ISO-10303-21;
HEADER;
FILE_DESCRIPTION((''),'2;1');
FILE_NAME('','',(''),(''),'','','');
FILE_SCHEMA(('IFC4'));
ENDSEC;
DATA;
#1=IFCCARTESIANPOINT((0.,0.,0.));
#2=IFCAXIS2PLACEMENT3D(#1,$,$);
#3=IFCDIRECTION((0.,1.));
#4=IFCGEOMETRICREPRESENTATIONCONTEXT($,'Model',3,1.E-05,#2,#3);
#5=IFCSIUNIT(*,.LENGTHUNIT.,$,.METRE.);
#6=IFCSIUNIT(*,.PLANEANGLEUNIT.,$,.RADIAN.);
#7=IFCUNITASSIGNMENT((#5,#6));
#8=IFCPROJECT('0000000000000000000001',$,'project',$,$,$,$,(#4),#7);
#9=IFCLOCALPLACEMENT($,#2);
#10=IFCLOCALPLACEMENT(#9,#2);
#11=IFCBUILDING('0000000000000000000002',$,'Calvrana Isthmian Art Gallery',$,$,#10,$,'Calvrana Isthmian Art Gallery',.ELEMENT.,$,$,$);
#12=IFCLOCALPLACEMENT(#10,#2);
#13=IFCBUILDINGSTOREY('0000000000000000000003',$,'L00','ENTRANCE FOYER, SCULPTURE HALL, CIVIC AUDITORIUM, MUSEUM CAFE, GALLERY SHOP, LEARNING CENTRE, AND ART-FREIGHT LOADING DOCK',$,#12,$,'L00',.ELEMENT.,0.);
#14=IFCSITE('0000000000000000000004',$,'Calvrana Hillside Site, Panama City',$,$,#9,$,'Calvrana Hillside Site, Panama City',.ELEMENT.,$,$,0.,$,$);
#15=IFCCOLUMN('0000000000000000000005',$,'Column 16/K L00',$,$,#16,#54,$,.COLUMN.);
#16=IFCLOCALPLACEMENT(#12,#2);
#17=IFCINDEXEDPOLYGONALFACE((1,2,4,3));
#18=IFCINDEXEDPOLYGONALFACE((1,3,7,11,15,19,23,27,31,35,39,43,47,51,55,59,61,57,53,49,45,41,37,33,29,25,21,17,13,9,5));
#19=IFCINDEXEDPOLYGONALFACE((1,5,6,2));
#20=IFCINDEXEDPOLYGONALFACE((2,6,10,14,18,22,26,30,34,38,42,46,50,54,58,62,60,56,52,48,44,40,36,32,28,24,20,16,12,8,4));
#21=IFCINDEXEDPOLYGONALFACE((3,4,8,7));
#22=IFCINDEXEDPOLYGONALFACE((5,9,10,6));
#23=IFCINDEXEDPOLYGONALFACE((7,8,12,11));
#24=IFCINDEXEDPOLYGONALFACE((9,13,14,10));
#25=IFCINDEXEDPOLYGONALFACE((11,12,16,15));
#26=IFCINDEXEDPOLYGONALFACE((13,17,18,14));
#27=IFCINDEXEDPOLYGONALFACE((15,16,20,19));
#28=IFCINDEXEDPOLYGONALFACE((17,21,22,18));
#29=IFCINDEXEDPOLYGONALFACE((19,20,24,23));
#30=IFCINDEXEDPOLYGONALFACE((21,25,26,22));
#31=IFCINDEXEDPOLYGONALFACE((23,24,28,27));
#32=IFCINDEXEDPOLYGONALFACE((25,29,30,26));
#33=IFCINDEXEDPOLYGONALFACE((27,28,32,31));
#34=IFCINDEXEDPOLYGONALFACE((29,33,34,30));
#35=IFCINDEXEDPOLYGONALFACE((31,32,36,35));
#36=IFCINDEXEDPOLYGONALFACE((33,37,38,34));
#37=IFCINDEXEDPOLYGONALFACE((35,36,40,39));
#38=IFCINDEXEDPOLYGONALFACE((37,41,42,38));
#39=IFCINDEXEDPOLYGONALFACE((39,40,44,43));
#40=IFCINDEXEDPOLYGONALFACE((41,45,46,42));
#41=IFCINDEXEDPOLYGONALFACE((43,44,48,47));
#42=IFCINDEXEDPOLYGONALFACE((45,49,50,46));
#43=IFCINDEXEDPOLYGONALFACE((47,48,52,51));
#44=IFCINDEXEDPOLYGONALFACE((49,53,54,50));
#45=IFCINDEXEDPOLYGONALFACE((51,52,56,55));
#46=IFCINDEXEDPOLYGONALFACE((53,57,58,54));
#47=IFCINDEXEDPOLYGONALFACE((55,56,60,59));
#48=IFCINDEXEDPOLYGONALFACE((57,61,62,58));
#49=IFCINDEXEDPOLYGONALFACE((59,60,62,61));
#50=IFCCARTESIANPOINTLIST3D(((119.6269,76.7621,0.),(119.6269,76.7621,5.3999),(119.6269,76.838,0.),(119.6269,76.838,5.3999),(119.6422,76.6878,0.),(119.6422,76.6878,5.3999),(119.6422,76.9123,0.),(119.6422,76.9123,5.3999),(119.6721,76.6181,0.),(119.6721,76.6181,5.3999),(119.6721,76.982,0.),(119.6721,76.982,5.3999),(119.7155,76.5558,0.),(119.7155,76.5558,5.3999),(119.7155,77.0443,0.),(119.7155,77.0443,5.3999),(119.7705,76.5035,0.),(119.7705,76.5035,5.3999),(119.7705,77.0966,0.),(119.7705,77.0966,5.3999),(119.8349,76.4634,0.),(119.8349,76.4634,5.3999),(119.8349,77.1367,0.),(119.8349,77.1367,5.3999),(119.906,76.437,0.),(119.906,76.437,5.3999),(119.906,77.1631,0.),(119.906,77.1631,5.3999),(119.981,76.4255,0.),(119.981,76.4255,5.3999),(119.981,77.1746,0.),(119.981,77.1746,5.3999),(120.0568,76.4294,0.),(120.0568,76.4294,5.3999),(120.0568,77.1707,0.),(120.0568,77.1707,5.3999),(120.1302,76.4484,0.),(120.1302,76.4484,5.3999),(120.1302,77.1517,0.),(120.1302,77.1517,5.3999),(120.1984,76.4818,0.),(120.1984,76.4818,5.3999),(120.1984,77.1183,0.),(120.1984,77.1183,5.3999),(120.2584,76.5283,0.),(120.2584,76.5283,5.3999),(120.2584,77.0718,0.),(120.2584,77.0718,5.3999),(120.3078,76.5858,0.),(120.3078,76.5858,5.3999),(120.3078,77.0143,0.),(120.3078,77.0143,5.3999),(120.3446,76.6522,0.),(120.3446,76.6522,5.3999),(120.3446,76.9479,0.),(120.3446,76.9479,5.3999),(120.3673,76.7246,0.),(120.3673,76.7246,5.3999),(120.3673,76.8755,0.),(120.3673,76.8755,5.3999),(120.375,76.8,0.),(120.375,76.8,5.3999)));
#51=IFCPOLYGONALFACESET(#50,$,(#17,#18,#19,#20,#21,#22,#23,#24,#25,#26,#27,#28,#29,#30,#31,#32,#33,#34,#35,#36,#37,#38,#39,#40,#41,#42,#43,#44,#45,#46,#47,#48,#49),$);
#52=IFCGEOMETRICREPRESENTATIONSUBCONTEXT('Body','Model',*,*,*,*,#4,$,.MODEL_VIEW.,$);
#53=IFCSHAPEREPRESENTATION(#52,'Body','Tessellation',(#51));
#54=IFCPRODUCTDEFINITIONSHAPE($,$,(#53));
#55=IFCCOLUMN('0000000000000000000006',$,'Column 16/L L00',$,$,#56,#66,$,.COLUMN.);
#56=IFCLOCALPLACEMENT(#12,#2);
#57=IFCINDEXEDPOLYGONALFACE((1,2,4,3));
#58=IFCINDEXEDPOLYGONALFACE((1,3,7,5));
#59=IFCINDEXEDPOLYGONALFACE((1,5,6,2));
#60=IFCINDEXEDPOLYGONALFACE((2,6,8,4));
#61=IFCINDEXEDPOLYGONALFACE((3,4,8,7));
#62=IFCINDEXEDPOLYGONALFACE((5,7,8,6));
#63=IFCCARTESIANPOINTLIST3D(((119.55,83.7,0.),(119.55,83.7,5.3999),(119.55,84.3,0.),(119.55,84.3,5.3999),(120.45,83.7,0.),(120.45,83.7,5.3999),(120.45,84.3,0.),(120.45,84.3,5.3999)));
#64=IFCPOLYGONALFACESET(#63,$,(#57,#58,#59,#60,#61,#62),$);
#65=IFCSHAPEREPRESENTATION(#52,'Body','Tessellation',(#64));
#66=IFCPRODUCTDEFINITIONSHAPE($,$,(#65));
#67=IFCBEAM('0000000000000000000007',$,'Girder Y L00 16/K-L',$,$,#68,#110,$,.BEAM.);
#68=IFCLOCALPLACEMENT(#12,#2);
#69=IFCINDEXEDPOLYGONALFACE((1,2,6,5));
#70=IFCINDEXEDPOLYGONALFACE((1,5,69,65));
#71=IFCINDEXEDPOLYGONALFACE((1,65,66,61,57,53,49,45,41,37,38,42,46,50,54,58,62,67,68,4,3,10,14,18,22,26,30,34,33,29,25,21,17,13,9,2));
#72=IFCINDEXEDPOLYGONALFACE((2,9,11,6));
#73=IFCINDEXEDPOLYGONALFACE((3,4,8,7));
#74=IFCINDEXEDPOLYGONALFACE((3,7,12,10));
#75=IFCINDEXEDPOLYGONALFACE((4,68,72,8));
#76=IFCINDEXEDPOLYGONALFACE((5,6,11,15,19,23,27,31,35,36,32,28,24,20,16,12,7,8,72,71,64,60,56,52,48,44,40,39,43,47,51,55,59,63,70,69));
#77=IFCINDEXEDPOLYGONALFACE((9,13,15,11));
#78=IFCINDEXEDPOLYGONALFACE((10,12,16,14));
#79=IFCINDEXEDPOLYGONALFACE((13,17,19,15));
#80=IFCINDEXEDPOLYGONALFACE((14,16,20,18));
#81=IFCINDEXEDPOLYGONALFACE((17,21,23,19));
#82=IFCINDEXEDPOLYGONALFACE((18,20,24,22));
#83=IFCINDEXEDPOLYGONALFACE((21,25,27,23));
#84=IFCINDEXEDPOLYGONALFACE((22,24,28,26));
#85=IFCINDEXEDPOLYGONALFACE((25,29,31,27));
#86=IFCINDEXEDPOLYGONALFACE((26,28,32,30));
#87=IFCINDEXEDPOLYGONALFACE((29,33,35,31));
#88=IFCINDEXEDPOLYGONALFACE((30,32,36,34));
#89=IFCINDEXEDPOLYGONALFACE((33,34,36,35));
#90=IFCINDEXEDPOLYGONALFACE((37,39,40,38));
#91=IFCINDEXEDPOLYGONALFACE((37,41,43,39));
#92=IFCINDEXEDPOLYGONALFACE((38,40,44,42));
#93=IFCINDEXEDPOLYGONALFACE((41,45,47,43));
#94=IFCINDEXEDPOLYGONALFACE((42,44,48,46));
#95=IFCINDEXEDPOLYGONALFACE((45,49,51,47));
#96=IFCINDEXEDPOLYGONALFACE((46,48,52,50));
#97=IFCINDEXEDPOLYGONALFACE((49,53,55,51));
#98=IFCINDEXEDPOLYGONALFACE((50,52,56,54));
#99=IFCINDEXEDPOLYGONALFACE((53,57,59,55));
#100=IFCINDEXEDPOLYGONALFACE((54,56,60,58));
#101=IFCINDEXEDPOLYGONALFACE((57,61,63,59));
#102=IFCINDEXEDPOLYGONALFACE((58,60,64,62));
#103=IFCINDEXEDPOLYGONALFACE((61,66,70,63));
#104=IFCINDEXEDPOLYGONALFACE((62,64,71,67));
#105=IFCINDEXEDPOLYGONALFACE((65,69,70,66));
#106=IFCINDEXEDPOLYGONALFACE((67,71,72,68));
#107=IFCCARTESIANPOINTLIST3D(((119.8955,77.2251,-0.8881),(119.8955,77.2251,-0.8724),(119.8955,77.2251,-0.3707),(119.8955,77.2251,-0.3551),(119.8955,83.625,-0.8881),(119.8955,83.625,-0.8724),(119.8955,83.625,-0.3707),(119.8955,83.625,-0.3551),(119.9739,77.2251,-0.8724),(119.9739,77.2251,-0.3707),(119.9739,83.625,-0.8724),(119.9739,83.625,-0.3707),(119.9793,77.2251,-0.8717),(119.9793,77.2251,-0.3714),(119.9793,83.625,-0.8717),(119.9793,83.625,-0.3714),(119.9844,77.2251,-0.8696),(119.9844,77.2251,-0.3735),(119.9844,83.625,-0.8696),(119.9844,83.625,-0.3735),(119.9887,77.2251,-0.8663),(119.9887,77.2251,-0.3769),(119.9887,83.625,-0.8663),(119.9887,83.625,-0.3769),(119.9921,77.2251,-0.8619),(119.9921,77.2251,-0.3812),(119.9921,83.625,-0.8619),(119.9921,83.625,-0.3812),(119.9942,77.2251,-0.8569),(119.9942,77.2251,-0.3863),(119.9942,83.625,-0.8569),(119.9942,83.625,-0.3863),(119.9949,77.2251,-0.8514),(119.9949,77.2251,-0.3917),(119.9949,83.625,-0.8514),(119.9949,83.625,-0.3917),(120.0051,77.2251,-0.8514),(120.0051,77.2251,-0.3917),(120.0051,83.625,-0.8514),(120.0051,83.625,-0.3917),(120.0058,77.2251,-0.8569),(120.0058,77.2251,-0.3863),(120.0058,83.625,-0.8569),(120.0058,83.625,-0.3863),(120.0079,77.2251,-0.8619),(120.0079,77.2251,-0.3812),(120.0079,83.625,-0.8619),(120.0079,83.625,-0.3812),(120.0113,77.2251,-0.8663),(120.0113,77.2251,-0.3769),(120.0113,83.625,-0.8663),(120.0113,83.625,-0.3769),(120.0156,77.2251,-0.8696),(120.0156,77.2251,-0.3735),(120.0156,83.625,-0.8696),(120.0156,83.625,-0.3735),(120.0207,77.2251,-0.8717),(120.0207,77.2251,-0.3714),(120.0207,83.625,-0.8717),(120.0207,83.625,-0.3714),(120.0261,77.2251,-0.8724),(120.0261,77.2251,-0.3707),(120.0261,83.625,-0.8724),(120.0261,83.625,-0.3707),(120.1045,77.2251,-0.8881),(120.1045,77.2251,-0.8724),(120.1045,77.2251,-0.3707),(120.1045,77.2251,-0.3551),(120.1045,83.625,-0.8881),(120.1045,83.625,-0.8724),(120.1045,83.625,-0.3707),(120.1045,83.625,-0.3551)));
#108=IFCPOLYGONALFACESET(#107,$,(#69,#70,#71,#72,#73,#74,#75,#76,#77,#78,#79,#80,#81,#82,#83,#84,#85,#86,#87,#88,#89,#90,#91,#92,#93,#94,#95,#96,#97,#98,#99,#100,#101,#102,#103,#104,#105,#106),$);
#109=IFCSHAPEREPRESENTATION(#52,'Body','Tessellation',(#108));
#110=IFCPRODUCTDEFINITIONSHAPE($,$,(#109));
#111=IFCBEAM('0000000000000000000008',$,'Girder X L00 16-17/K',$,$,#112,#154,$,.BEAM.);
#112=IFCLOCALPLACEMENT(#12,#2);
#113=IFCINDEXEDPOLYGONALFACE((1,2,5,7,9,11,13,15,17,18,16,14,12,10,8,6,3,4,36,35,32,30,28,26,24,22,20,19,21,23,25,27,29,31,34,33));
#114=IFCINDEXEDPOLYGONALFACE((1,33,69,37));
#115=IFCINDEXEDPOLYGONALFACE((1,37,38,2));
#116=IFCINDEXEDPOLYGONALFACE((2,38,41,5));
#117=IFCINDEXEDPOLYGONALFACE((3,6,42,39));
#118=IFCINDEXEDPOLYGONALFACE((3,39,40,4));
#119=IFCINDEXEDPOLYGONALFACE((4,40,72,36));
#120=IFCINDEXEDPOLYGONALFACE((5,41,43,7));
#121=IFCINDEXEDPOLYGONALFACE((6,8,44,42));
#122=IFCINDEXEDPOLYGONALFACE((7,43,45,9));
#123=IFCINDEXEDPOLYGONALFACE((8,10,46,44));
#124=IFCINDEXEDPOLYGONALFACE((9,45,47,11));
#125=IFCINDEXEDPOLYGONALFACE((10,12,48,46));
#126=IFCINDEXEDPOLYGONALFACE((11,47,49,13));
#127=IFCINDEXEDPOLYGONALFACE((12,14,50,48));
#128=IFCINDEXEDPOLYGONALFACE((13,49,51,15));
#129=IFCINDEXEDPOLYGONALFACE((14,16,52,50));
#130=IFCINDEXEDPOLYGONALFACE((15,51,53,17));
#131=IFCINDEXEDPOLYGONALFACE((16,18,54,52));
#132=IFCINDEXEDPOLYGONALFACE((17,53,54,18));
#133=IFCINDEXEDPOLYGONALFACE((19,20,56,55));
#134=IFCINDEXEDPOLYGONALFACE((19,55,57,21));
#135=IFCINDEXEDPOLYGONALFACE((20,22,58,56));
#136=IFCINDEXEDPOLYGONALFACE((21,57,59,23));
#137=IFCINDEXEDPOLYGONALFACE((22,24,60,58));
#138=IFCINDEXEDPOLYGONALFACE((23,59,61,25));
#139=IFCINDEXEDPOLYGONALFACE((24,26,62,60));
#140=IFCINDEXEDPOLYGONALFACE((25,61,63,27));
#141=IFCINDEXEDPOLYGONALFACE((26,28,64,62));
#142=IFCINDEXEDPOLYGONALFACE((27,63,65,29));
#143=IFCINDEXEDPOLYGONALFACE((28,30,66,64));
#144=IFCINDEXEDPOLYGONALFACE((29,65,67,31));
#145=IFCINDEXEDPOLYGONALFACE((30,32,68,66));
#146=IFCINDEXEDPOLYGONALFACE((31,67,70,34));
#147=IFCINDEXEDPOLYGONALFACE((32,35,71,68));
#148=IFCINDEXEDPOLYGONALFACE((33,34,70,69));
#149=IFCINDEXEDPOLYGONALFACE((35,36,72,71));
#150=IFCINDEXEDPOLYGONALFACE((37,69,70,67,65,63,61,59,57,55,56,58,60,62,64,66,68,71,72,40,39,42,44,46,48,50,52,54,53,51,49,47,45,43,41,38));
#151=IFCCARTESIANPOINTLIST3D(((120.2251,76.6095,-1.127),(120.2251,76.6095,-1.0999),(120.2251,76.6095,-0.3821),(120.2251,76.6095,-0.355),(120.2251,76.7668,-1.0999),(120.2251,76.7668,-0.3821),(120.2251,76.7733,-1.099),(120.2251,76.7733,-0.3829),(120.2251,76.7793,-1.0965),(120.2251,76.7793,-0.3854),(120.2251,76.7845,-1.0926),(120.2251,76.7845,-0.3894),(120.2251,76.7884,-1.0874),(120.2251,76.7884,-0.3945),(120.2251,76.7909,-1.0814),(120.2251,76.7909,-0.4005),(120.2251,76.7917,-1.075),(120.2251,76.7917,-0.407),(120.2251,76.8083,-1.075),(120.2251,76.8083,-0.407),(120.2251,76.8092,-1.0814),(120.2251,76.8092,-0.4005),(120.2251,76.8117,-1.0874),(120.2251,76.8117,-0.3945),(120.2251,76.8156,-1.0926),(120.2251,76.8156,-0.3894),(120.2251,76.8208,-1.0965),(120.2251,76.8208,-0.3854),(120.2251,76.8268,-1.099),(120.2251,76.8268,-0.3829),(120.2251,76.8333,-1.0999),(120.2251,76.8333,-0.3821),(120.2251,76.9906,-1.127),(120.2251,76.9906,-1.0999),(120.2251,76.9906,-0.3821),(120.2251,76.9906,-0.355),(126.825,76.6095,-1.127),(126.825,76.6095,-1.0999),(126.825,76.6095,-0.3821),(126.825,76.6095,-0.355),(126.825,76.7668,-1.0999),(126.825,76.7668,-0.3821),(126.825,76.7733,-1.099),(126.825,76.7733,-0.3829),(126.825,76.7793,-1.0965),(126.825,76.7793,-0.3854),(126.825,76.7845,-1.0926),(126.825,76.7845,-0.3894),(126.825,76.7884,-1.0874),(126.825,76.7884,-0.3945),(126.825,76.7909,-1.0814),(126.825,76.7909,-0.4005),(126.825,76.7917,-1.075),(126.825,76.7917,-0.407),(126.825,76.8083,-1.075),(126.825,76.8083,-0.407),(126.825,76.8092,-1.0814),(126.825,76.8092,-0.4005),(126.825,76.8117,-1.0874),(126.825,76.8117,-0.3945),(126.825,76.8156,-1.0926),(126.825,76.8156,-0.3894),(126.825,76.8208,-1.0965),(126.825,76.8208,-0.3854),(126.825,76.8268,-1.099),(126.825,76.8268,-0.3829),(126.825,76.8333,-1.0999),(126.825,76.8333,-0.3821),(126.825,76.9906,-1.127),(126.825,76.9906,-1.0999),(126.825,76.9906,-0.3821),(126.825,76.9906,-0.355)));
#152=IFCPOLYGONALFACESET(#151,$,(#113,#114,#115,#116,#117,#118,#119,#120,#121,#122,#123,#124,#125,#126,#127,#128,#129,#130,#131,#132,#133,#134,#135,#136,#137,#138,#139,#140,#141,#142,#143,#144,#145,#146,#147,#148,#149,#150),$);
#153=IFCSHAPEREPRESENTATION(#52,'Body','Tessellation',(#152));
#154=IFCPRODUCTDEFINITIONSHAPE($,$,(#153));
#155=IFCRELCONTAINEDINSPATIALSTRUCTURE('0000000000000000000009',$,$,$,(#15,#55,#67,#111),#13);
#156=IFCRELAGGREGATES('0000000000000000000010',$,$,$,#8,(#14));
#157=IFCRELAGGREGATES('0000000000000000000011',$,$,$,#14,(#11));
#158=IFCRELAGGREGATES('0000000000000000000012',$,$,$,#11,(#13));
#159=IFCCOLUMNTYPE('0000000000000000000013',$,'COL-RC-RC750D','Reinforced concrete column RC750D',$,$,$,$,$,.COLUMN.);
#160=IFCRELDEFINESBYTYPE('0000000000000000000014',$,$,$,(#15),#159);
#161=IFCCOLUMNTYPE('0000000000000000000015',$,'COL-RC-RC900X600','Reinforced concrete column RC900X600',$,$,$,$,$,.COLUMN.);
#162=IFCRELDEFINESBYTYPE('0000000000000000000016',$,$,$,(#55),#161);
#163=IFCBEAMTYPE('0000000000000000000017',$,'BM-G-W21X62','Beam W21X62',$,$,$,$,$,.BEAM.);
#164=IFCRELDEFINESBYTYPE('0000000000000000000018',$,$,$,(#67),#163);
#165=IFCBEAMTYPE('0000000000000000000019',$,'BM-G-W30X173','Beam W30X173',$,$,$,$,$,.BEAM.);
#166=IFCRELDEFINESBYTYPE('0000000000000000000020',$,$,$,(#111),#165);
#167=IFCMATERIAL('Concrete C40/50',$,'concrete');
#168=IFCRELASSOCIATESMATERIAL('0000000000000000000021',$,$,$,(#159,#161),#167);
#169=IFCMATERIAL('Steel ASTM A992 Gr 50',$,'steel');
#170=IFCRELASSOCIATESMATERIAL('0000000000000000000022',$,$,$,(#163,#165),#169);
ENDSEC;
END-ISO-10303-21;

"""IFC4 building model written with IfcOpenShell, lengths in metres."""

from ifc_helpers import new_model, si_unit, direction, frame, origin, origin_2d, place, context, subcontext, project, spatial, rectangle, circle, i_section, extrude, material, material_profile, profile_set, type_object, element, save


model = new_model("IFC4")

# Units and contexts
model_context = context("Model", 3, precision=1e-05, world=origin(), true_north=direction((0.0, 1.0)))
body_context = subcontext(model_context, "Body", "Model", "MODEL_VIEW")
ifc_project = project(units=[si_unit("LENGTHUNIT", "METRE"), si_unit("PLANEANGLEUNIT", "RADIAN")], contexts=[model_context])

# Site, building, storey
site_placement = place(None, origin())
site = spatial("IfcSite", under=ifc_project, at=site_placement, Name="Calvrana Hillside Site, Panama City", LongName="Calvrana Hillside Site, Panama City", CompositionType="ELEMENT", RefElevation=0.0)
building_placement = place(site_placement, origin())
building = spatial("IfcBuilding", under=site, at=building_placement, Name="Calvrana Isthmian Art Gallery", LongName="Calvrana Isthmian Art Gallery", CompositionType="ELEMENT")
storey_placement = place(building_placement, origin())
storey = spatial("IfcBuildingStorey", under=building, at=storey_placement, Name="L00", Description="ENTRANCE FOYER, SCULPTURE HALL, CIVIC AUDITORIUM, MUSEUM CAFE, GALLERY SHOP, LEARNING CENTRE, AND ART-FREIGHT LOADING DOCK", LongName="L00", CompositionType="ELEMENT", Elevation=0.0)

# Columns
ifc_material_1 = material(Name="Concrete C40/50", Category="concrete")
ifc_material_profile_1 = material_profile(ifc_material_1, circle(Radius=0.375, at=origin_2d()), Name="RC750D")
ifc_profile_set_1 = profile_set([ifc_material_profile_1], Name="Concrete C40/50")
column_type_1 = type_object("IfcColumnType", Name="COL-RC-RC750D", Description="Reinforced concrete column RC750D", PredefinedType="COLUMN", material=ifc_profile_set_1)
column_1_placement = place(storey_placement, frame((120.0, 76.8, 0.0), z_axis=(0.0, 0.0, 1.0), x_axis=(1.0, 0.0, 0.0)))
element("IfcColumn", 1, at=column_1_placement, inside=storey, type_object=column_type_1, Name="Column 16/K L00", PredefinedType="COLUMN", context=body_context, shape_type="SweptSolid", body=[
    extrude(circle(Radius=0.375, at=origin_2d()), origin(), (0.0, 0.0, 1.0), 5.3999),
])
ifc_material_profile_2 = material_profile(ifc_material_1, rectangle(XDim=0.8999, YDim=0.6001, at=origin_2d()), Name="RC900X600")
ifc_profile_set_2 = profile_set([ifc_material_profile_2], Name="Concrete C40/50")
column_type_2 = type_object("IfcColumnType", Name="COL-RC-RC900X600", Description="Reinforced concrete column RC900X600", PredefinedType="COLUMN", material=ifc_profile_set_2)
column_2_placement = place(storey_placement, frame((120.0, 84.0, 0.0), z_axis=(0.0, 0.0, 1.0), x_axis=(1.0, 0.0, 0.0)))
element("IfcColumn", 2, at=column_2_placement, inside=storey, type_object=column_type_2, Name="Column 16/L L00", PredefinedType="COLUMN", context=body_context, shape_type="SweptSolid", body=[
    extrude(rectangle(XDim=0.8999, YDim=0.6001, at=origin_2d()), origin(), (0.0, 0.0, 1.0), 5.3999),
])

# Beams
ifc_material_2 = material(Name="Steel ASTM A992 Gr 50", Category="steel")
ifc_material_profile_3 = material_profile(ifc_material_2, i_section(OverallWidth=0.209, OverallDepth=0.533, WebThickness=0.0103, FlangeThickness=0.0156, FilletRadius=0.021, at=origin_2d()), Name="W21X62")
ifc_profile_set_3 = profile_set([ifc_material_profile_3], Name="Steel ASTM A992 Gr 50")
beam_type_1 = type_object("IfcBeamType", Name="BM-G-W21X62", Description="Beam W21X62", PredefinedType="BEAM", material=ifc_profile_set_3)
beam_1_placement = place(storey_placement, frame((120.0, 77.2251, -0.6216), z_axis=(0.0, 1.0, 0.0), x_axis=(-1.0, 0.0, 0.0)))
element("IfcBeam", 3, at=beam_1_placement, inside=storey, type_object=beam_type_1, Name="Girder Y L00 16/K-L", PredefinedType="BEAM", context=body_context, shape_type="SweptSolid", body=[
    extrude(i_section(OverallWidth=0.209, OverallDepth=0.533, WebThickness=0.0103, FlangeThickness=0.0156, FilletRadius=0.021, at=origin_2d()), origin(), (0.0, 0.0, 1.0), 6.3999),
])
ifc_material_profile_4 = material_profile(ifc_material_2, i_section(OverallWidth=0.3811, OverallDepth=0.772, WebThickness=0.0166, FlangeThickness=0.0271, FilletRadius=0.0249, at=origin_2d()), Name="W30X173")
ifc_profile_set_4 = profile_set([ifc_material_profile_4], Name="Steel ASTM A992 Gr 50")
beam_type_2 = type_object("IfcBeamType", Name="BM-G-W30X173", Description="Beam W30X173", PredefinedType="BEAM", material=ifc_profile_set_4)
beam_2_placement = place(storey_placement, frame((120.2251, 76.8, -0.741), z_axis=(1.0, 0.0, 0.0), x_axis=(0.0, 1.0, 0.0)))
element("IfcBeam", 4, at=beam_2_placement, inside=storey, type_object=beam_type_2, Name="Girder X L00 16-17/K", PredefinedType="BEAM", context=body_context, shape_type="SweptSolid", body=[
    extrude(i_section(OverallWidth=0.3811, OverallDepth=0.772, WebThickness=0.0166, FlangeThickness=0.0271, FilletRadius=0.0249, at=origin_2d()), origin(), (0.0, 0.0, 1.0), 6.5999),
])

save(model, "model.ifc")
